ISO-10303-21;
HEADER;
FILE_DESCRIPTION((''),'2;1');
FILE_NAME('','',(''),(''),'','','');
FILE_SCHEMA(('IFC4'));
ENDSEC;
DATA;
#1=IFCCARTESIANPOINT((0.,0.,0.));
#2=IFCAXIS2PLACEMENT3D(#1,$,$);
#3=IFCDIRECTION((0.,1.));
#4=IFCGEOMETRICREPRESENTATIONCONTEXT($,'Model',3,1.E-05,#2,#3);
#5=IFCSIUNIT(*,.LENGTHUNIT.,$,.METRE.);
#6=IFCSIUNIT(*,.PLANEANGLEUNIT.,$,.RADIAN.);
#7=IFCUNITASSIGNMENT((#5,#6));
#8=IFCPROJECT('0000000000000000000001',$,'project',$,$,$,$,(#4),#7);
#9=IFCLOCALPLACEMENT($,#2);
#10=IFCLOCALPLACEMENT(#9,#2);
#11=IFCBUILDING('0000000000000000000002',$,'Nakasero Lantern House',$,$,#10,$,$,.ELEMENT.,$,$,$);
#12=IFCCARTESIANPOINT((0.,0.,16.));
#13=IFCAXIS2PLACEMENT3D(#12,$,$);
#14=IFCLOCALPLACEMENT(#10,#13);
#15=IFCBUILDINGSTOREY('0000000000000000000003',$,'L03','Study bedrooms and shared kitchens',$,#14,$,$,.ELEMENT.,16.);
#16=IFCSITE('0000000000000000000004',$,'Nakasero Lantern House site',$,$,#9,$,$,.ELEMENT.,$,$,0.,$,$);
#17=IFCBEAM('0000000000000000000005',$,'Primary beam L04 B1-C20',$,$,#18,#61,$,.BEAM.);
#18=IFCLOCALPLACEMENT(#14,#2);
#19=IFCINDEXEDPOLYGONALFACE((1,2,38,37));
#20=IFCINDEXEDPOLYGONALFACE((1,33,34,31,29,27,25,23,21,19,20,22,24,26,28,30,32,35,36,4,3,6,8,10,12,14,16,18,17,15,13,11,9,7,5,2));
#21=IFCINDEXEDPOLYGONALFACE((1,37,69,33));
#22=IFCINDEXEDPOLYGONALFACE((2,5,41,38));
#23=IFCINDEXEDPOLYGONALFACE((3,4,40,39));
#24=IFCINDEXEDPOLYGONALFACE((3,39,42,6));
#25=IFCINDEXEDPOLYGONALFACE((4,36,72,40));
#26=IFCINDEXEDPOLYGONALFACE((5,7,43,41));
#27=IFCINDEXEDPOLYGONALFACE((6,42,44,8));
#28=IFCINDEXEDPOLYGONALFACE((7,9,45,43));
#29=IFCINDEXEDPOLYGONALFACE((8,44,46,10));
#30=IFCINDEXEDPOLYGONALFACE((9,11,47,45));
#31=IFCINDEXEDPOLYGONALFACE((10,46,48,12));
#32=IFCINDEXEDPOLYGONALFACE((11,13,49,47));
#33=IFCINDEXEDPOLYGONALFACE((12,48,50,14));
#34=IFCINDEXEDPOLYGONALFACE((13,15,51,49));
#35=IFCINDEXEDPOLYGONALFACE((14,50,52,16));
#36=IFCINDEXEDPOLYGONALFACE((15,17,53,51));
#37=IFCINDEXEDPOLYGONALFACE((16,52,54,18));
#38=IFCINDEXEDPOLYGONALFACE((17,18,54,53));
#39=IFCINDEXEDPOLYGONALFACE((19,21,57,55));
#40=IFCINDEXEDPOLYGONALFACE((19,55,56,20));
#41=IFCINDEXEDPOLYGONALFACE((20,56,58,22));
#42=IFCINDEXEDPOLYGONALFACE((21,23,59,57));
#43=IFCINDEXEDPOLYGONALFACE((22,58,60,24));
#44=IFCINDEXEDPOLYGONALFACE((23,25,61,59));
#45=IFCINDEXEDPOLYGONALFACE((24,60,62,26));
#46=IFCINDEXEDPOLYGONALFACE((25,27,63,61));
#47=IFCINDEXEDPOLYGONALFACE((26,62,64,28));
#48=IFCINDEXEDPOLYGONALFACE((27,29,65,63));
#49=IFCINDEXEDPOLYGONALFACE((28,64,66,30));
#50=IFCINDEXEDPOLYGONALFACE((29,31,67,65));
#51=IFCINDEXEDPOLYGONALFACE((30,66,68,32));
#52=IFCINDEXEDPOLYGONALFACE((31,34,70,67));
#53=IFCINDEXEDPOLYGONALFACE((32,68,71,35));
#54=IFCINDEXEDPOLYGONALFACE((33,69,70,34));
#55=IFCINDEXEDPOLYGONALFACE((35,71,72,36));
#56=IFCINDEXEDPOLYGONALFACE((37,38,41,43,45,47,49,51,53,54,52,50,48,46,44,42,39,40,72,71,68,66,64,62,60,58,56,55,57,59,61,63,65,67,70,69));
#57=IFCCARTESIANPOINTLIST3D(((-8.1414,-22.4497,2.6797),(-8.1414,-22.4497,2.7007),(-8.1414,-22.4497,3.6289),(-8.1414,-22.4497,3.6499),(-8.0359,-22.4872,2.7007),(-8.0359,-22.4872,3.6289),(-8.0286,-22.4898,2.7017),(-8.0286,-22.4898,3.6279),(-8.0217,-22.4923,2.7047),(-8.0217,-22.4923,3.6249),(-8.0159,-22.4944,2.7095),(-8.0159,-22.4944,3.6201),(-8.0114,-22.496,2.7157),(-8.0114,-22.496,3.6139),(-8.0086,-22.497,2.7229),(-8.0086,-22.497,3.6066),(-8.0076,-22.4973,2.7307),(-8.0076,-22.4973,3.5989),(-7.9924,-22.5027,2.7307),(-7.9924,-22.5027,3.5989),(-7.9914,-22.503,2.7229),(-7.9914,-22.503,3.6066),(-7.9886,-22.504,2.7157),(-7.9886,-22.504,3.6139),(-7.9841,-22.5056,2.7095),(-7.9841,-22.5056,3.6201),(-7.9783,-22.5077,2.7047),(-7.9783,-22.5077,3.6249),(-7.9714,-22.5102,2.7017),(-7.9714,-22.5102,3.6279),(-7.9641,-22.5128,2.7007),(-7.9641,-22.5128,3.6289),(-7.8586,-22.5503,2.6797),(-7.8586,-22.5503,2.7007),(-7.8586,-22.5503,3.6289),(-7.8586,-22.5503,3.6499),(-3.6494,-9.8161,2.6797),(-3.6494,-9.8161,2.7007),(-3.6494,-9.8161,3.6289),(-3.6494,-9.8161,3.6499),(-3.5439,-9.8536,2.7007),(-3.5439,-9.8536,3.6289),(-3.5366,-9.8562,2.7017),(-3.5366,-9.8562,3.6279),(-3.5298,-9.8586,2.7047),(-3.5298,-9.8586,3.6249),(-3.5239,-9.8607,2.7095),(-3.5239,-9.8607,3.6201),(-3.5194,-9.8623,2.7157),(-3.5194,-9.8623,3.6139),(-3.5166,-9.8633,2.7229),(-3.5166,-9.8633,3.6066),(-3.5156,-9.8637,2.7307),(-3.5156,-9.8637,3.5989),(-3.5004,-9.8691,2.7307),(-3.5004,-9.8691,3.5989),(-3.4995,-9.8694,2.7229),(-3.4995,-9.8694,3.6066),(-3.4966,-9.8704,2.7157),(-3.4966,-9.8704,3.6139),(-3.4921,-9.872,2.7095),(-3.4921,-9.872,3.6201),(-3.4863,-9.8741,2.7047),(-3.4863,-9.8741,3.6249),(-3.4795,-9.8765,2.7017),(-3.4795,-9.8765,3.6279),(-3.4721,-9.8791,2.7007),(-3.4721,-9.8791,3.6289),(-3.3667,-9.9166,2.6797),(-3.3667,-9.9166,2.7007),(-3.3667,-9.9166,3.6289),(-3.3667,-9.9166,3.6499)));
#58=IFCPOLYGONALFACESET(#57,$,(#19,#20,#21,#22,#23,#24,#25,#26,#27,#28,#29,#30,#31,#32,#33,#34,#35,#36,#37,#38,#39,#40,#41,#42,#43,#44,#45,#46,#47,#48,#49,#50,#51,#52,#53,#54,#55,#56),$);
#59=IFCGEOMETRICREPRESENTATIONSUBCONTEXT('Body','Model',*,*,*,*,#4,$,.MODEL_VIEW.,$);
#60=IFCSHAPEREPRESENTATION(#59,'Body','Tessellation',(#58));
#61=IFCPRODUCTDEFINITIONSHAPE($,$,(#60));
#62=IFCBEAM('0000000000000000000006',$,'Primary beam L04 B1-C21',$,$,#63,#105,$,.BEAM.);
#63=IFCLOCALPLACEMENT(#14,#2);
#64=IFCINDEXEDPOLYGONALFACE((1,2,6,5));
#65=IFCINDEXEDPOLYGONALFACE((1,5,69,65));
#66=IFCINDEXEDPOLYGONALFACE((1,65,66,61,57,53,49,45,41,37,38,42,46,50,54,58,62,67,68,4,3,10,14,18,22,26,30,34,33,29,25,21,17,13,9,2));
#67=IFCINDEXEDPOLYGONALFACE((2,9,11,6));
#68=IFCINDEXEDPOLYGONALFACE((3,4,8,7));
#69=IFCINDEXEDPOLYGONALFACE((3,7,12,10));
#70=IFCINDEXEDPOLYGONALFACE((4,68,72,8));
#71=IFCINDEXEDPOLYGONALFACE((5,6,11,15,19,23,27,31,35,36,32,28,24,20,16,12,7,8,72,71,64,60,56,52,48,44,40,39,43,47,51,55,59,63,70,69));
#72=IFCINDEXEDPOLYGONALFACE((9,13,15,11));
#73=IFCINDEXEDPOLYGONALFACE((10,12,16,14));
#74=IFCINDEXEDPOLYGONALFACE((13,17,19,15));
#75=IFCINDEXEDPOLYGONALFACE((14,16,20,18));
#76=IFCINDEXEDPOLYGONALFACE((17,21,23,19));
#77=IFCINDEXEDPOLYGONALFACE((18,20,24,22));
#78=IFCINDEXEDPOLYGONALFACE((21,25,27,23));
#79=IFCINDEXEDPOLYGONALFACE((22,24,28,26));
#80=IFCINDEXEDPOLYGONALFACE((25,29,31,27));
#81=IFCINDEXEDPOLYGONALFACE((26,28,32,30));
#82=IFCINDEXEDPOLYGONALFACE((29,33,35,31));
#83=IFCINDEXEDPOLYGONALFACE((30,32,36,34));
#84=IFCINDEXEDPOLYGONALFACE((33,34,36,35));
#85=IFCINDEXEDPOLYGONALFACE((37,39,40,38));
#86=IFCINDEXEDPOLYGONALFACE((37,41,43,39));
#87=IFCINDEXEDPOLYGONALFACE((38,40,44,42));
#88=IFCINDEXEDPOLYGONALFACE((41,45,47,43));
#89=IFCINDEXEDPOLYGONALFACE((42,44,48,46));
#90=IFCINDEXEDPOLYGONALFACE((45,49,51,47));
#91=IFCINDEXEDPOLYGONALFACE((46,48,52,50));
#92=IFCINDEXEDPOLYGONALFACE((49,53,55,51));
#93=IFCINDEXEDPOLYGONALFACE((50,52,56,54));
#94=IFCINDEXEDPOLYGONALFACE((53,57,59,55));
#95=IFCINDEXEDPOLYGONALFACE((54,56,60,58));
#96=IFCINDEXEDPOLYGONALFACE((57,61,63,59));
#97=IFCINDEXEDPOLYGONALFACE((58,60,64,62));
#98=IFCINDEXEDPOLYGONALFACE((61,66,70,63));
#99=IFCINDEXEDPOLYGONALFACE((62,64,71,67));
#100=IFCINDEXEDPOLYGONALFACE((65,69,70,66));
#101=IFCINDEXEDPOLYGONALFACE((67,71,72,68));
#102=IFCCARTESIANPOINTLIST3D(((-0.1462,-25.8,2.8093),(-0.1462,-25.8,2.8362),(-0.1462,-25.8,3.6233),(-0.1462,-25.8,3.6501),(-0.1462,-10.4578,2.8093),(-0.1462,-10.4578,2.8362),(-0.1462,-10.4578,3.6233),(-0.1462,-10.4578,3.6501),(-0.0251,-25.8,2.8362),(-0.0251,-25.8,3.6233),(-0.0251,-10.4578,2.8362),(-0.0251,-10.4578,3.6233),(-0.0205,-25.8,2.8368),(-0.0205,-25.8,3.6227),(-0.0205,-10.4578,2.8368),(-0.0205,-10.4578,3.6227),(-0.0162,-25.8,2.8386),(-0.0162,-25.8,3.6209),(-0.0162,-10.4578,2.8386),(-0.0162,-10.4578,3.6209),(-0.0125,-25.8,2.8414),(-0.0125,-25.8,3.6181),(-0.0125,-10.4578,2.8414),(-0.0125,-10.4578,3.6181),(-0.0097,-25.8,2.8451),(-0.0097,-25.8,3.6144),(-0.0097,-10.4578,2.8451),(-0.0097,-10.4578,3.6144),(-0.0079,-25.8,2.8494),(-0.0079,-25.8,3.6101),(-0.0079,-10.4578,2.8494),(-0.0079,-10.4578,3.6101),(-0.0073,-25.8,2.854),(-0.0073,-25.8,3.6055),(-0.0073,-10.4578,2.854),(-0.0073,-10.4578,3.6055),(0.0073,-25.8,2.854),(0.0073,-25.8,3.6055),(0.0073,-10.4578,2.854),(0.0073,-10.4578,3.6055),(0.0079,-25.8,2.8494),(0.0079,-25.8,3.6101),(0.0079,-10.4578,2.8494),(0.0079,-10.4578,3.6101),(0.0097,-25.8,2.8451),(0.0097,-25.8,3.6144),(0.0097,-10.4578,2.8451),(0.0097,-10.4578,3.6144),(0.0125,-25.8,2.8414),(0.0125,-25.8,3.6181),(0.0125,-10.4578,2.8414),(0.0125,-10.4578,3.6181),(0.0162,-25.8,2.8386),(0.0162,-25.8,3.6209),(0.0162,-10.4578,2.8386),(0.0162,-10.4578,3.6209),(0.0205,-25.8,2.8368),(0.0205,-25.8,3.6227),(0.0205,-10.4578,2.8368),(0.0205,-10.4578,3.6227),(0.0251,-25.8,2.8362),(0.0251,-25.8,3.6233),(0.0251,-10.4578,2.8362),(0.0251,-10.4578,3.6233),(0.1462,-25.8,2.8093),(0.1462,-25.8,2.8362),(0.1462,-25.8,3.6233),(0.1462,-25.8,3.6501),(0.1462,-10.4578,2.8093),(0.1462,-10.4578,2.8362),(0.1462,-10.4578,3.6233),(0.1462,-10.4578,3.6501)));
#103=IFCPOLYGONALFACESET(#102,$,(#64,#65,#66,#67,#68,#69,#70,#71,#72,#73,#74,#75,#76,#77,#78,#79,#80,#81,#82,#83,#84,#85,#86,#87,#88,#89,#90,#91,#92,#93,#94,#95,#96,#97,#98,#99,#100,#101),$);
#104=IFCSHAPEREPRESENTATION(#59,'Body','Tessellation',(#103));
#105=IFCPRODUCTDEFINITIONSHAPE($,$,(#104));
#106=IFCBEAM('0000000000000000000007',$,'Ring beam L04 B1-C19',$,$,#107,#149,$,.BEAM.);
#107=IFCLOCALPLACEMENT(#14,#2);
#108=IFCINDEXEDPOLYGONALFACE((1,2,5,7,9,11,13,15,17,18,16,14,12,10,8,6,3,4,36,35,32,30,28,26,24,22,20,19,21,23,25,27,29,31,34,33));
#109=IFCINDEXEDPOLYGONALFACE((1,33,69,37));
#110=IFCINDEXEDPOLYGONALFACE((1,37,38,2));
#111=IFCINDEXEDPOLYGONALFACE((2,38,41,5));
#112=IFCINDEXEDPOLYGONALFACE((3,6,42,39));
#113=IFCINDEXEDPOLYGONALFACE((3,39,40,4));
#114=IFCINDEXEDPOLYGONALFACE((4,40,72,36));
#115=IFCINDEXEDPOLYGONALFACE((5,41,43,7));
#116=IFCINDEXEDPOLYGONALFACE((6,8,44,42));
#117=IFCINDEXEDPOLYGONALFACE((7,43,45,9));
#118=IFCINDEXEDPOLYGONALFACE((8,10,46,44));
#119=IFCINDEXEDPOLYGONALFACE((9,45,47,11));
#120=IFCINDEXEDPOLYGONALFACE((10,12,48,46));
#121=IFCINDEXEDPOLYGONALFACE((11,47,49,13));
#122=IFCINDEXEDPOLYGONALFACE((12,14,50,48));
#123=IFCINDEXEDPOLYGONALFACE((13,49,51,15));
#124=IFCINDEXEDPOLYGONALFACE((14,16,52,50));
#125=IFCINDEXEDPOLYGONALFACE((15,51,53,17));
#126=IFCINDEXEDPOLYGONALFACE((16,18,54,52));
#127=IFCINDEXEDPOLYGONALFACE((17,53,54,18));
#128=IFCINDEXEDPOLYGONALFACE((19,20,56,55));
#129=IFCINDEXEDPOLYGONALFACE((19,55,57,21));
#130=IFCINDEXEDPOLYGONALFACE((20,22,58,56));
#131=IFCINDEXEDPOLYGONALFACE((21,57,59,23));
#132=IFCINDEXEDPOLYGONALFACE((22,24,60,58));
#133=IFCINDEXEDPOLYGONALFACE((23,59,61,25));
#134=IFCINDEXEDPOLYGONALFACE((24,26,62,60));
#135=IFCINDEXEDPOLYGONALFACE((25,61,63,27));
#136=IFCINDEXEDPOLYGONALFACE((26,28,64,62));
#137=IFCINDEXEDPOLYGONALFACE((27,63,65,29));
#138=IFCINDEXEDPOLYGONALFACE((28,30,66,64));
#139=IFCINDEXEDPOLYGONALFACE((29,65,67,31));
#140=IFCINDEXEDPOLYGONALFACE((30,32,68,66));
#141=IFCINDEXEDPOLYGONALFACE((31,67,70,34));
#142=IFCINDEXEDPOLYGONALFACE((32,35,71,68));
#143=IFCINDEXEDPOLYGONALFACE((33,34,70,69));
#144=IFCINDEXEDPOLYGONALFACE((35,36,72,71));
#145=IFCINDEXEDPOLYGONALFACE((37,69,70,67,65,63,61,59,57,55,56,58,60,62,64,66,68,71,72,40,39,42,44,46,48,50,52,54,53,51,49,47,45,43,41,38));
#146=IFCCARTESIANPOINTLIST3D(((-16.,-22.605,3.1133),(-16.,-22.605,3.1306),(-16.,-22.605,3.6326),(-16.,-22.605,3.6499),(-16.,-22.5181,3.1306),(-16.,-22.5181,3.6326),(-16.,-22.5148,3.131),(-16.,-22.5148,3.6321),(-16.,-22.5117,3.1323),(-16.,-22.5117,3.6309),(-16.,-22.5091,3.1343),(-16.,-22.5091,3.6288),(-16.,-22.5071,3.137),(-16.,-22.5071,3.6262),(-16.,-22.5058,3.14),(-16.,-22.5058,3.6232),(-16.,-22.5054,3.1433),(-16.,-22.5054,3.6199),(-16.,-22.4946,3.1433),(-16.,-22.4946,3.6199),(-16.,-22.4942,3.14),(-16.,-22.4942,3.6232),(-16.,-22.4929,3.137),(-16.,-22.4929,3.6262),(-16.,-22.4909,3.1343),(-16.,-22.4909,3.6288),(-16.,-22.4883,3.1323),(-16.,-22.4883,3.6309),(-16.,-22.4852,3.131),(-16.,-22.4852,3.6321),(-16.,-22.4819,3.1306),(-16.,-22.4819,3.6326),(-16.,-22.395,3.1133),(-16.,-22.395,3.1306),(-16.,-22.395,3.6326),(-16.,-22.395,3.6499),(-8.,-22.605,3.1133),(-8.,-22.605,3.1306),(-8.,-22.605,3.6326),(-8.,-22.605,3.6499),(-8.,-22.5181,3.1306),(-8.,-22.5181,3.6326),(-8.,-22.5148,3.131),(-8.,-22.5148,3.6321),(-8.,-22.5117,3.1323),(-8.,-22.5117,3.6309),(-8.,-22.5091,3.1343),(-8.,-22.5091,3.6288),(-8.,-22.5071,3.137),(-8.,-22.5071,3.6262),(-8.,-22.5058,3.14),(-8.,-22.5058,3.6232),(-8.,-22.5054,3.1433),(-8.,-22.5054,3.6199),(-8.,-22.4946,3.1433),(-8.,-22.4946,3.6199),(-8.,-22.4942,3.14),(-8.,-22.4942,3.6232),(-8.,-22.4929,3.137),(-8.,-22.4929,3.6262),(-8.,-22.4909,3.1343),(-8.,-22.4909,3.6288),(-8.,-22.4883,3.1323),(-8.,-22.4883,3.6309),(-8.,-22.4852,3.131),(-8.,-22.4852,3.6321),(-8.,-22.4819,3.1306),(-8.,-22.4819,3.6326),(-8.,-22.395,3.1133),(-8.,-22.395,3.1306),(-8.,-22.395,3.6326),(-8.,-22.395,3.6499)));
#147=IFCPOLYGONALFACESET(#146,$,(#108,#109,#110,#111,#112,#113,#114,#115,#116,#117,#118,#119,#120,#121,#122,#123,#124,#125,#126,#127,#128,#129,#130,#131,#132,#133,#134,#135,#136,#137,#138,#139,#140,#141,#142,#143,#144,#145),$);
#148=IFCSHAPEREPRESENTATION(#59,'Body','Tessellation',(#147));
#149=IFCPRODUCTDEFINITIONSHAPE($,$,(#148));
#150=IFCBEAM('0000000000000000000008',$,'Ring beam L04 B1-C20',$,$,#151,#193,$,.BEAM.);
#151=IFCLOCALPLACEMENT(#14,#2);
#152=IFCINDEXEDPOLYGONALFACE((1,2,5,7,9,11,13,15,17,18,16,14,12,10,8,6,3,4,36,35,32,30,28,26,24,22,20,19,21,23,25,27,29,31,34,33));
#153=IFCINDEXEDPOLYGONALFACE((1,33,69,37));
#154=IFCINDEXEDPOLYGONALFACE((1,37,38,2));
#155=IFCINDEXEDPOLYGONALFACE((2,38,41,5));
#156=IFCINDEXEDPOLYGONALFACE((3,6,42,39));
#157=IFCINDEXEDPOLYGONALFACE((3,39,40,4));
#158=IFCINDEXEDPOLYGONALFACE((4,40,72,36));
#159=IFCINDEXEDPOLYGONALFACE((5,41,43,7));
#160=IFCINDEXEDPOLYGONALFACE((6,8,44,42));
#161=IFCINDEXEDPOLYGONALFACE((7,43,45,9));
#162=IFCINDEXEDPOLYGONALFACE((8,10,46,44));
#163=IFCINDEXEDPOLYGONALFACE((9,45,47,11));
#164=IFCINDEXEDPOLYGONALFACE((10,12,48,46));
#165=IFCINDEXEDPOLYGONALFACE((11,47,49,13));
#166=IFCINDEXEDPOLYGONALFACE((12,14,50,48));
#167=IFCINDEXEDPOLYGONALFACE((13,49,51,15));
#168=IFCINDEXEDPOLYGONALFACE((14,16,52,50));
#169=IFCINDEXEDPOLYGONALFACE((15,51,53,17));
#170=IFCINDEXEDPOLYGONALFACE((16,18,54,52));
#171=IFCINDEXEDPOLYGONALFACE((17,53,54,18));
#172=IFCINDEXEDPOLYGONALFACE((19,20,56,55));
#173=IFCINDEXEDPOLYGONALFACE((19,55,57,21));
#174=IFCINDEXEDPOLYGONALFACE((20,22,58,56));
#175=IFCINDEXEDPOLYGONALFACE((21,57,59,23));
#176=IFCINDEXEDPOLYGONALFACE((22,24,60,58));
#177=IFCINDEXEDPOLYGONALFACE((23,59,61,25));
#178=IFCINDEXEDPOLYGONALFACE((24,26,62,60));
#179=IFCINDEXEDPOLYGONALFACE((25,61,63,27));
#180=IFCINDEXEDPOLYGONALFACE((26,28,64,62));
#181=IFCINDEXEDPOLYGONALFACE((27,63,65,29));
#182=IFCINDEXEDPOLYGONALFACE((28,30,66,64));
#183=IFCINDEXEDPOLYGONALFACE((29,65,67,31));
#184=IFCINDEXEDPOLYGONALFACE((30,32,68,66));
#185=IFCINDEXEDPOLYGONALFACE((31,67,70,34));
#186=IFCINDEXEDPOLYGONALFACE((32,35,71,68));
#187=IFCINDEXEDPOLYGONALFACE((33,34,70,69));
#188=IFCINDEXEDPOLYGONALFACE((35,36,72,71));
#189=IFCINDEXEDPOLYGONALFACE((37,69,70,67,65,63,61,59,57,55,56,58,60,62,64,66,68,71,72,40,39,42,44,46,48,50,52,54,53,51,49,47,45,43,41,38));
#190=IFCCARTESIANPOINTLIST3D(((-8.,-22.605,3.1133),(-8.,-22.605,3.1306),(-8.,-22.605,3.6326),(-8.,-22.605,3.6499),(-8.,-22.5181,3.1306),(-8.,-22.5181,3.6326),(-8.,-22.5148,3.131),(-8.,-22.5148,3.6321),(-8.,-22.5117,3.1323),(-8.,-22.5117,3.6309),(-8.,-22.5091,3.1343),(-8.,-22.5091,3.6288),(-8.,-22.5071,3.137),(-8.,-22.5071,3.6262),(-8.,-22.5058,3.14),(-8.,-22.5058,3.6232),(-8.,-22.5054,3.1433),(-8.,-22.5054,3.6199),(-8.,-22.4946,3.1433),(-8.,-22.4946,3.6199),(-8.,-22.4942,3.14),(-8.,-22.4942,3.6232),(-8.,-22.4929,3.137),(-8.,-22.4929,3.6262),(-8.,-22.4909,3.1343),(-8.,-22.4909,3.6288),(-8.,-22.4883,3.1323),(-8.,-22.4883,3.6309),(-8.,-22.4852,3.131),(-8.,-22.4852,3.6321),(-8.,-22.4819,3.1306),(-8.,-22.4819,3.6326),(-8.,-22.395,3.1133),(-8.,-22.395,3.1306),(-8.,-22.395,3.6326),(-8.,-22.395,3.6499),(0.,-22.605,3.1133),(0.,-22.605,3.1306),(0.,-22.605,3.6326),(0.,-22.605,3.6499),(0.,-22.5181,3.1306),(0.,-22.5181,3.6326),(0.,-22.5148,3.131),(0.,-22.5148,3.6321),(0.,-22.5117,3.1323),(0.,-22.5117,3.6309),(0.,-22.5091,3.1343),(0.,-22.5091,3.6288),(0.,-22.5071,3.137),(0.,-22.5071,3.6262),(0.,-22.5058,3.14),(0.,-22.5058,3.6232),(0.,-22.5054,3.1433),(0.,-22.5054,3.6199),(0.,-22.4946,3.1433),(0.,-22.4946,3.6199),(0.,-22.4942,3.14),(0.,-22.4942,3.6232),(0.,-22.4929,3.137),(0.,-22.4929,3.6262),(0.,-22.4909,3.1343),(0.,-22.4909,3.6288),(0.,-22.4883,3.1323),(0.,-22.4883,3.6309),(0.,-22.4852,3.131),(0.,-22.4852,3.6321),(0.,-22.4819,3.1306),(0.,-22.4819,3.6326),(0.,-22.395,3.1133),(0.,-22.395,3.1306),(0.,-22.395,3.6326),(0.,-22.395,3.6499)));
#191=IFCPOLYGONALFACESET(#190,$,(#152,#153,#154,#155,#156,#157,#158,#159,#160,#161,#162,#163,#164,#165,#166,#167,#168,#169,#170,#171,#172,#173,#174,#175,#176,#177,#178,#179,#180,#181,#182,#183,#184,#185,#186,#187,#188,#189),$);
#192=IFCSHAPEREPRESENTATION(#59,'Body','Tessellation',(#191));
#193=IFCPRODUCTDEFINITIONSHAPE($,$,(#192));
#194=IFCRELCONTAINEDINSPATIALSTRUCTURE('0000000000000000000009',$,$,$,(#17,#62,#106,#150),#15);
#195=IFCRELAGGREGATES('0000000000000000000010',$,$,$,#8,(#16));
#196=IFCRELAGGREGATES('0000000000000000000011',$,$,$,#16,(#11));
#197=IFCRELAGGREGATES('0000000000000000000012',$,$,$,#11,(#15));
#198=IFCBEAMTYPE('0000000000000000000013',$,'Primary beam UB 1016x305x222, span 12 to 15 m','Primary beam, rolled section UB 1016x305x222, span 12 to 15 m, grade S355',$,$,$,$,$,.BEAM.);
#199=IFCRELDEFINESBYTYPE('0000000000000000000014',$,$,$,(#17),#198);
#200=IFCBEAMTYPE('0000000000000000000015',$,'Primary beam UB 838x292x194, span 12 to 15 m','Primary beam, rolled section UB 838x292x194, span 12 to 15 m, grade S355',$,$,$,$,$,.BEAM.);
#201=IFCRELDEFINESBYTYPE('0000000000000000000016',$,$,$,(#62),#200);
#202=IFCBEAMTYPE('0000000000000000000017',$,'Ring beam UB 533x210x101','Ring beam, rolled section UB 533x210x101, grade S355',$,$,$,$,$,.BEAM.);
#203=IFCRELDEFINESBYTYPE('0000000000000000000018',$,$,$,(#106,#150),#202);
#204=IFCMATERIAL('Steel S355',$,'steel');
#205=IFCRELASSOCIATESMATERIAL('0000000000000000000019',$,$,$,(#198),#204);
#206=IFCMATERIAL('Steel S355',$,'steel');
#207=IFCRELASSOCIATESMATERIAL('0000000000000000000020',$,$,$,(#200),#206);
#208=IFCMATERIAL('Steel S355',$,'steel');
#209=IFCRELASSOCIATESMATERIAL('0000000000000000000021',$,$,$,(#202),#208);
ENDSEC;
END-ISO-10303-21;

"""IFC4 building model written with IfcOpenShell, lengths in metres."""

from ifc_helpers import new_model, si_unit, direction, frame, origin, origin_2d, place, context, subcontext, project, spatial, i_section, extrude, material, material_profile, profile_set, type_object, element, save


model = new_model("IFC4")

# Units and contexts
model_context = context("Model", 3, precision=1e-05, world=origin(), true_north=direction((0.0, 1.0)))
body_context = subcontext(model_context, "Body", "Model", "MODEL_VIEW")
ifc_project = project(units=[si_unit("LENGTHUNIT", "METRE"), si_unit("PLANEANGLEUNIT", "RADIAN")], contexts=[model_context])

# Site, building, storey
site_placement = place(None, origin())
site = spatial("IfcSite", under=ifc_project, at=site_placement, Name="Nakasero Lantern House site", CompositionType="ELEMENT", RefElevation=0.0)
building_placement = place(site_placement, origin())
building = spatial("IfcBuilding", under=site, at=building_placement, Name="Nakasero Lantern House", CompositionType="ELEMENT")
storey_placement = place(building_placement, frame((0.0, 0.0, 16.0)))
storey = spatial("IfcBuildingStorey", under=building, at=storey_placement, Name="L03", Description="Study bedrooms and shared kitchens", CompositionType="ELEMENT", Elevation=16.0)

# Beams
ifc_material_1 = material(Name="Steel S355", Category="steel")
ifc_material_profile_1 = material_profile(ifc_material_1, i_section(OverallWidth=0.3, OverallDepth=0.9702, WebThickness=0.0161, FlangeThickness=0.021, FilletRadius=0.03, at=origin_2d()), Name="UB 1016x305x222")
ifc_profile_set_1 = profile_set([ifc_material_profile_1], Name="Steel S355")
beam_type_1 = type_object("IfcBeamType", Name="Primary beam UB 1016x305x222, span 12 to 15 m", Description="Primary beam, rolled section UB 1016x305x222, span 12 to 15 m, grade S355", PredefinedType="BEAM", material=ifc_profile_set_1)
beam_1_placement = place(storey_placement, frame((-8.0, -22.5, 3.1648), z_axis=(0.335011, 0.942214, 0.0), x_axis=(-0.942214, 0.335011, 0.0)))
element("IfcBeam", 1, at=beam_1_placement, inside=storey, type_object=beam_type_1, Name="Primary beam L04 B1-C20", PredefinedType="BEAM", context=body_context, shape_type="SweptSolid", body=[
    extrude(i_section(OverallWidth=0.3, OverallDepth=0.9702, WebThickness=0.0161, FlangeThickness=0.021, FilletRadius=0.03, at=origin_2d()), origin(), (0.0, 0.0, 1.0), 13.4084),
])
ifc_material_2 = material(Name="Steel S355", Category="steel")
ifc_material_profile_2 = material_profile(ifc_material_2, i_section(OverallWidth=0.2925, OverallDepth=0.8408, WebThickness=0.0146, FlangeThickness=0.0269, FilletRadius=0.0178, at=origin_2d()), Name="UB 838x292x194")
ifc_profile_set_2 = profile_set([ifc_material_profile_2], Name="Steel S355")
beam_type_2 = type_object("IfcBeamType", Name="Primary beam UB 838x292x194, span 12 to 15 m", Description="Primary beam, rolled section UB 838x292x194, span 12 to 15 m, grade S355", PredefinedType="BEAM", material=ifc_profile_set_2)
beam_2_placement = place(storey_placement, frame((0.0, -25.8, 3.2297), z_axis=(0.0, 1.0, 0.0), x_axis=(-1.0, 0.0, 0.0)))
element("IfcBeam", 2, at=beam_2_placement, inside=storey, type_object=beam_type_2, Name="Primary beam L04 B1-C21", PredefinedType="BEAM", context=body_context, shape_type="SweptSolid", body=[
    extrude(i_section(OverallWidth=0.2925, OverallDepth=0.8408, WebThickness=0.0146, FlangeThickness=0.0269, FilletRadius=0.0178, at=origin_2d()), origin(), (0.0, 0.0, 1.0), 15.3423),
])
ifc_material_3 = material(Name="Steel S355", Category="steel")
ifc_material_profile_3 = material_profile(ifc_material_3, i_section(OverallWidth=0.21, OverallDepth=0.5366, WebThickness=0.0107, FlangeThickness=0.0173, FilletRadius=0.0127, at=origin_2d()), Name="UB 533x210x101")
ifc_profile_set_3 = profile_set([ifc_material_profile_3], Name="Steel S355")
beam_type_3 = type_object("IfcBeamType", Name="Ring beam UB 533x210x101", Description="Ring beam, rolled section UB 533x210x101, grade S355", PredefinedType="BEAM", material=ifc_profile_set_3)
for number, where, z_axis, x_axis, name in (
    (3, (-16.0, -22.5, 3.3816), (1.0, 0.0, 0.0), (0.0, 1.0, 0.0), "Ring beam L04 B1-C19"),
    (4, (-8.0, -22.5, 3.3816), (1.0, 0.0, 0.0), (0.0, 1.0, 0.0), "Ring beam L04 B1-C20"),
):
    element("IfcBeam", number, at=place(storey_placement, frame(where, z_axis=z_axis, x_axis=x_axis)), inside=storey, type_object=beam_type_3, Name=name, PredefinedType="BEAM", context=body_context, shape_type="SweptSolid", body=[
        extrude(i_section(OverallWidth=0.21, OverallDepth=0.5366, WebThickness=0.0107, FlangeThickness=0.0173, FilletRadius=0.0127, at=origin_2d()), origin(), (0.0, 0.0, 1.0), 8.0),
    ])

save(model, "model.ifc")
